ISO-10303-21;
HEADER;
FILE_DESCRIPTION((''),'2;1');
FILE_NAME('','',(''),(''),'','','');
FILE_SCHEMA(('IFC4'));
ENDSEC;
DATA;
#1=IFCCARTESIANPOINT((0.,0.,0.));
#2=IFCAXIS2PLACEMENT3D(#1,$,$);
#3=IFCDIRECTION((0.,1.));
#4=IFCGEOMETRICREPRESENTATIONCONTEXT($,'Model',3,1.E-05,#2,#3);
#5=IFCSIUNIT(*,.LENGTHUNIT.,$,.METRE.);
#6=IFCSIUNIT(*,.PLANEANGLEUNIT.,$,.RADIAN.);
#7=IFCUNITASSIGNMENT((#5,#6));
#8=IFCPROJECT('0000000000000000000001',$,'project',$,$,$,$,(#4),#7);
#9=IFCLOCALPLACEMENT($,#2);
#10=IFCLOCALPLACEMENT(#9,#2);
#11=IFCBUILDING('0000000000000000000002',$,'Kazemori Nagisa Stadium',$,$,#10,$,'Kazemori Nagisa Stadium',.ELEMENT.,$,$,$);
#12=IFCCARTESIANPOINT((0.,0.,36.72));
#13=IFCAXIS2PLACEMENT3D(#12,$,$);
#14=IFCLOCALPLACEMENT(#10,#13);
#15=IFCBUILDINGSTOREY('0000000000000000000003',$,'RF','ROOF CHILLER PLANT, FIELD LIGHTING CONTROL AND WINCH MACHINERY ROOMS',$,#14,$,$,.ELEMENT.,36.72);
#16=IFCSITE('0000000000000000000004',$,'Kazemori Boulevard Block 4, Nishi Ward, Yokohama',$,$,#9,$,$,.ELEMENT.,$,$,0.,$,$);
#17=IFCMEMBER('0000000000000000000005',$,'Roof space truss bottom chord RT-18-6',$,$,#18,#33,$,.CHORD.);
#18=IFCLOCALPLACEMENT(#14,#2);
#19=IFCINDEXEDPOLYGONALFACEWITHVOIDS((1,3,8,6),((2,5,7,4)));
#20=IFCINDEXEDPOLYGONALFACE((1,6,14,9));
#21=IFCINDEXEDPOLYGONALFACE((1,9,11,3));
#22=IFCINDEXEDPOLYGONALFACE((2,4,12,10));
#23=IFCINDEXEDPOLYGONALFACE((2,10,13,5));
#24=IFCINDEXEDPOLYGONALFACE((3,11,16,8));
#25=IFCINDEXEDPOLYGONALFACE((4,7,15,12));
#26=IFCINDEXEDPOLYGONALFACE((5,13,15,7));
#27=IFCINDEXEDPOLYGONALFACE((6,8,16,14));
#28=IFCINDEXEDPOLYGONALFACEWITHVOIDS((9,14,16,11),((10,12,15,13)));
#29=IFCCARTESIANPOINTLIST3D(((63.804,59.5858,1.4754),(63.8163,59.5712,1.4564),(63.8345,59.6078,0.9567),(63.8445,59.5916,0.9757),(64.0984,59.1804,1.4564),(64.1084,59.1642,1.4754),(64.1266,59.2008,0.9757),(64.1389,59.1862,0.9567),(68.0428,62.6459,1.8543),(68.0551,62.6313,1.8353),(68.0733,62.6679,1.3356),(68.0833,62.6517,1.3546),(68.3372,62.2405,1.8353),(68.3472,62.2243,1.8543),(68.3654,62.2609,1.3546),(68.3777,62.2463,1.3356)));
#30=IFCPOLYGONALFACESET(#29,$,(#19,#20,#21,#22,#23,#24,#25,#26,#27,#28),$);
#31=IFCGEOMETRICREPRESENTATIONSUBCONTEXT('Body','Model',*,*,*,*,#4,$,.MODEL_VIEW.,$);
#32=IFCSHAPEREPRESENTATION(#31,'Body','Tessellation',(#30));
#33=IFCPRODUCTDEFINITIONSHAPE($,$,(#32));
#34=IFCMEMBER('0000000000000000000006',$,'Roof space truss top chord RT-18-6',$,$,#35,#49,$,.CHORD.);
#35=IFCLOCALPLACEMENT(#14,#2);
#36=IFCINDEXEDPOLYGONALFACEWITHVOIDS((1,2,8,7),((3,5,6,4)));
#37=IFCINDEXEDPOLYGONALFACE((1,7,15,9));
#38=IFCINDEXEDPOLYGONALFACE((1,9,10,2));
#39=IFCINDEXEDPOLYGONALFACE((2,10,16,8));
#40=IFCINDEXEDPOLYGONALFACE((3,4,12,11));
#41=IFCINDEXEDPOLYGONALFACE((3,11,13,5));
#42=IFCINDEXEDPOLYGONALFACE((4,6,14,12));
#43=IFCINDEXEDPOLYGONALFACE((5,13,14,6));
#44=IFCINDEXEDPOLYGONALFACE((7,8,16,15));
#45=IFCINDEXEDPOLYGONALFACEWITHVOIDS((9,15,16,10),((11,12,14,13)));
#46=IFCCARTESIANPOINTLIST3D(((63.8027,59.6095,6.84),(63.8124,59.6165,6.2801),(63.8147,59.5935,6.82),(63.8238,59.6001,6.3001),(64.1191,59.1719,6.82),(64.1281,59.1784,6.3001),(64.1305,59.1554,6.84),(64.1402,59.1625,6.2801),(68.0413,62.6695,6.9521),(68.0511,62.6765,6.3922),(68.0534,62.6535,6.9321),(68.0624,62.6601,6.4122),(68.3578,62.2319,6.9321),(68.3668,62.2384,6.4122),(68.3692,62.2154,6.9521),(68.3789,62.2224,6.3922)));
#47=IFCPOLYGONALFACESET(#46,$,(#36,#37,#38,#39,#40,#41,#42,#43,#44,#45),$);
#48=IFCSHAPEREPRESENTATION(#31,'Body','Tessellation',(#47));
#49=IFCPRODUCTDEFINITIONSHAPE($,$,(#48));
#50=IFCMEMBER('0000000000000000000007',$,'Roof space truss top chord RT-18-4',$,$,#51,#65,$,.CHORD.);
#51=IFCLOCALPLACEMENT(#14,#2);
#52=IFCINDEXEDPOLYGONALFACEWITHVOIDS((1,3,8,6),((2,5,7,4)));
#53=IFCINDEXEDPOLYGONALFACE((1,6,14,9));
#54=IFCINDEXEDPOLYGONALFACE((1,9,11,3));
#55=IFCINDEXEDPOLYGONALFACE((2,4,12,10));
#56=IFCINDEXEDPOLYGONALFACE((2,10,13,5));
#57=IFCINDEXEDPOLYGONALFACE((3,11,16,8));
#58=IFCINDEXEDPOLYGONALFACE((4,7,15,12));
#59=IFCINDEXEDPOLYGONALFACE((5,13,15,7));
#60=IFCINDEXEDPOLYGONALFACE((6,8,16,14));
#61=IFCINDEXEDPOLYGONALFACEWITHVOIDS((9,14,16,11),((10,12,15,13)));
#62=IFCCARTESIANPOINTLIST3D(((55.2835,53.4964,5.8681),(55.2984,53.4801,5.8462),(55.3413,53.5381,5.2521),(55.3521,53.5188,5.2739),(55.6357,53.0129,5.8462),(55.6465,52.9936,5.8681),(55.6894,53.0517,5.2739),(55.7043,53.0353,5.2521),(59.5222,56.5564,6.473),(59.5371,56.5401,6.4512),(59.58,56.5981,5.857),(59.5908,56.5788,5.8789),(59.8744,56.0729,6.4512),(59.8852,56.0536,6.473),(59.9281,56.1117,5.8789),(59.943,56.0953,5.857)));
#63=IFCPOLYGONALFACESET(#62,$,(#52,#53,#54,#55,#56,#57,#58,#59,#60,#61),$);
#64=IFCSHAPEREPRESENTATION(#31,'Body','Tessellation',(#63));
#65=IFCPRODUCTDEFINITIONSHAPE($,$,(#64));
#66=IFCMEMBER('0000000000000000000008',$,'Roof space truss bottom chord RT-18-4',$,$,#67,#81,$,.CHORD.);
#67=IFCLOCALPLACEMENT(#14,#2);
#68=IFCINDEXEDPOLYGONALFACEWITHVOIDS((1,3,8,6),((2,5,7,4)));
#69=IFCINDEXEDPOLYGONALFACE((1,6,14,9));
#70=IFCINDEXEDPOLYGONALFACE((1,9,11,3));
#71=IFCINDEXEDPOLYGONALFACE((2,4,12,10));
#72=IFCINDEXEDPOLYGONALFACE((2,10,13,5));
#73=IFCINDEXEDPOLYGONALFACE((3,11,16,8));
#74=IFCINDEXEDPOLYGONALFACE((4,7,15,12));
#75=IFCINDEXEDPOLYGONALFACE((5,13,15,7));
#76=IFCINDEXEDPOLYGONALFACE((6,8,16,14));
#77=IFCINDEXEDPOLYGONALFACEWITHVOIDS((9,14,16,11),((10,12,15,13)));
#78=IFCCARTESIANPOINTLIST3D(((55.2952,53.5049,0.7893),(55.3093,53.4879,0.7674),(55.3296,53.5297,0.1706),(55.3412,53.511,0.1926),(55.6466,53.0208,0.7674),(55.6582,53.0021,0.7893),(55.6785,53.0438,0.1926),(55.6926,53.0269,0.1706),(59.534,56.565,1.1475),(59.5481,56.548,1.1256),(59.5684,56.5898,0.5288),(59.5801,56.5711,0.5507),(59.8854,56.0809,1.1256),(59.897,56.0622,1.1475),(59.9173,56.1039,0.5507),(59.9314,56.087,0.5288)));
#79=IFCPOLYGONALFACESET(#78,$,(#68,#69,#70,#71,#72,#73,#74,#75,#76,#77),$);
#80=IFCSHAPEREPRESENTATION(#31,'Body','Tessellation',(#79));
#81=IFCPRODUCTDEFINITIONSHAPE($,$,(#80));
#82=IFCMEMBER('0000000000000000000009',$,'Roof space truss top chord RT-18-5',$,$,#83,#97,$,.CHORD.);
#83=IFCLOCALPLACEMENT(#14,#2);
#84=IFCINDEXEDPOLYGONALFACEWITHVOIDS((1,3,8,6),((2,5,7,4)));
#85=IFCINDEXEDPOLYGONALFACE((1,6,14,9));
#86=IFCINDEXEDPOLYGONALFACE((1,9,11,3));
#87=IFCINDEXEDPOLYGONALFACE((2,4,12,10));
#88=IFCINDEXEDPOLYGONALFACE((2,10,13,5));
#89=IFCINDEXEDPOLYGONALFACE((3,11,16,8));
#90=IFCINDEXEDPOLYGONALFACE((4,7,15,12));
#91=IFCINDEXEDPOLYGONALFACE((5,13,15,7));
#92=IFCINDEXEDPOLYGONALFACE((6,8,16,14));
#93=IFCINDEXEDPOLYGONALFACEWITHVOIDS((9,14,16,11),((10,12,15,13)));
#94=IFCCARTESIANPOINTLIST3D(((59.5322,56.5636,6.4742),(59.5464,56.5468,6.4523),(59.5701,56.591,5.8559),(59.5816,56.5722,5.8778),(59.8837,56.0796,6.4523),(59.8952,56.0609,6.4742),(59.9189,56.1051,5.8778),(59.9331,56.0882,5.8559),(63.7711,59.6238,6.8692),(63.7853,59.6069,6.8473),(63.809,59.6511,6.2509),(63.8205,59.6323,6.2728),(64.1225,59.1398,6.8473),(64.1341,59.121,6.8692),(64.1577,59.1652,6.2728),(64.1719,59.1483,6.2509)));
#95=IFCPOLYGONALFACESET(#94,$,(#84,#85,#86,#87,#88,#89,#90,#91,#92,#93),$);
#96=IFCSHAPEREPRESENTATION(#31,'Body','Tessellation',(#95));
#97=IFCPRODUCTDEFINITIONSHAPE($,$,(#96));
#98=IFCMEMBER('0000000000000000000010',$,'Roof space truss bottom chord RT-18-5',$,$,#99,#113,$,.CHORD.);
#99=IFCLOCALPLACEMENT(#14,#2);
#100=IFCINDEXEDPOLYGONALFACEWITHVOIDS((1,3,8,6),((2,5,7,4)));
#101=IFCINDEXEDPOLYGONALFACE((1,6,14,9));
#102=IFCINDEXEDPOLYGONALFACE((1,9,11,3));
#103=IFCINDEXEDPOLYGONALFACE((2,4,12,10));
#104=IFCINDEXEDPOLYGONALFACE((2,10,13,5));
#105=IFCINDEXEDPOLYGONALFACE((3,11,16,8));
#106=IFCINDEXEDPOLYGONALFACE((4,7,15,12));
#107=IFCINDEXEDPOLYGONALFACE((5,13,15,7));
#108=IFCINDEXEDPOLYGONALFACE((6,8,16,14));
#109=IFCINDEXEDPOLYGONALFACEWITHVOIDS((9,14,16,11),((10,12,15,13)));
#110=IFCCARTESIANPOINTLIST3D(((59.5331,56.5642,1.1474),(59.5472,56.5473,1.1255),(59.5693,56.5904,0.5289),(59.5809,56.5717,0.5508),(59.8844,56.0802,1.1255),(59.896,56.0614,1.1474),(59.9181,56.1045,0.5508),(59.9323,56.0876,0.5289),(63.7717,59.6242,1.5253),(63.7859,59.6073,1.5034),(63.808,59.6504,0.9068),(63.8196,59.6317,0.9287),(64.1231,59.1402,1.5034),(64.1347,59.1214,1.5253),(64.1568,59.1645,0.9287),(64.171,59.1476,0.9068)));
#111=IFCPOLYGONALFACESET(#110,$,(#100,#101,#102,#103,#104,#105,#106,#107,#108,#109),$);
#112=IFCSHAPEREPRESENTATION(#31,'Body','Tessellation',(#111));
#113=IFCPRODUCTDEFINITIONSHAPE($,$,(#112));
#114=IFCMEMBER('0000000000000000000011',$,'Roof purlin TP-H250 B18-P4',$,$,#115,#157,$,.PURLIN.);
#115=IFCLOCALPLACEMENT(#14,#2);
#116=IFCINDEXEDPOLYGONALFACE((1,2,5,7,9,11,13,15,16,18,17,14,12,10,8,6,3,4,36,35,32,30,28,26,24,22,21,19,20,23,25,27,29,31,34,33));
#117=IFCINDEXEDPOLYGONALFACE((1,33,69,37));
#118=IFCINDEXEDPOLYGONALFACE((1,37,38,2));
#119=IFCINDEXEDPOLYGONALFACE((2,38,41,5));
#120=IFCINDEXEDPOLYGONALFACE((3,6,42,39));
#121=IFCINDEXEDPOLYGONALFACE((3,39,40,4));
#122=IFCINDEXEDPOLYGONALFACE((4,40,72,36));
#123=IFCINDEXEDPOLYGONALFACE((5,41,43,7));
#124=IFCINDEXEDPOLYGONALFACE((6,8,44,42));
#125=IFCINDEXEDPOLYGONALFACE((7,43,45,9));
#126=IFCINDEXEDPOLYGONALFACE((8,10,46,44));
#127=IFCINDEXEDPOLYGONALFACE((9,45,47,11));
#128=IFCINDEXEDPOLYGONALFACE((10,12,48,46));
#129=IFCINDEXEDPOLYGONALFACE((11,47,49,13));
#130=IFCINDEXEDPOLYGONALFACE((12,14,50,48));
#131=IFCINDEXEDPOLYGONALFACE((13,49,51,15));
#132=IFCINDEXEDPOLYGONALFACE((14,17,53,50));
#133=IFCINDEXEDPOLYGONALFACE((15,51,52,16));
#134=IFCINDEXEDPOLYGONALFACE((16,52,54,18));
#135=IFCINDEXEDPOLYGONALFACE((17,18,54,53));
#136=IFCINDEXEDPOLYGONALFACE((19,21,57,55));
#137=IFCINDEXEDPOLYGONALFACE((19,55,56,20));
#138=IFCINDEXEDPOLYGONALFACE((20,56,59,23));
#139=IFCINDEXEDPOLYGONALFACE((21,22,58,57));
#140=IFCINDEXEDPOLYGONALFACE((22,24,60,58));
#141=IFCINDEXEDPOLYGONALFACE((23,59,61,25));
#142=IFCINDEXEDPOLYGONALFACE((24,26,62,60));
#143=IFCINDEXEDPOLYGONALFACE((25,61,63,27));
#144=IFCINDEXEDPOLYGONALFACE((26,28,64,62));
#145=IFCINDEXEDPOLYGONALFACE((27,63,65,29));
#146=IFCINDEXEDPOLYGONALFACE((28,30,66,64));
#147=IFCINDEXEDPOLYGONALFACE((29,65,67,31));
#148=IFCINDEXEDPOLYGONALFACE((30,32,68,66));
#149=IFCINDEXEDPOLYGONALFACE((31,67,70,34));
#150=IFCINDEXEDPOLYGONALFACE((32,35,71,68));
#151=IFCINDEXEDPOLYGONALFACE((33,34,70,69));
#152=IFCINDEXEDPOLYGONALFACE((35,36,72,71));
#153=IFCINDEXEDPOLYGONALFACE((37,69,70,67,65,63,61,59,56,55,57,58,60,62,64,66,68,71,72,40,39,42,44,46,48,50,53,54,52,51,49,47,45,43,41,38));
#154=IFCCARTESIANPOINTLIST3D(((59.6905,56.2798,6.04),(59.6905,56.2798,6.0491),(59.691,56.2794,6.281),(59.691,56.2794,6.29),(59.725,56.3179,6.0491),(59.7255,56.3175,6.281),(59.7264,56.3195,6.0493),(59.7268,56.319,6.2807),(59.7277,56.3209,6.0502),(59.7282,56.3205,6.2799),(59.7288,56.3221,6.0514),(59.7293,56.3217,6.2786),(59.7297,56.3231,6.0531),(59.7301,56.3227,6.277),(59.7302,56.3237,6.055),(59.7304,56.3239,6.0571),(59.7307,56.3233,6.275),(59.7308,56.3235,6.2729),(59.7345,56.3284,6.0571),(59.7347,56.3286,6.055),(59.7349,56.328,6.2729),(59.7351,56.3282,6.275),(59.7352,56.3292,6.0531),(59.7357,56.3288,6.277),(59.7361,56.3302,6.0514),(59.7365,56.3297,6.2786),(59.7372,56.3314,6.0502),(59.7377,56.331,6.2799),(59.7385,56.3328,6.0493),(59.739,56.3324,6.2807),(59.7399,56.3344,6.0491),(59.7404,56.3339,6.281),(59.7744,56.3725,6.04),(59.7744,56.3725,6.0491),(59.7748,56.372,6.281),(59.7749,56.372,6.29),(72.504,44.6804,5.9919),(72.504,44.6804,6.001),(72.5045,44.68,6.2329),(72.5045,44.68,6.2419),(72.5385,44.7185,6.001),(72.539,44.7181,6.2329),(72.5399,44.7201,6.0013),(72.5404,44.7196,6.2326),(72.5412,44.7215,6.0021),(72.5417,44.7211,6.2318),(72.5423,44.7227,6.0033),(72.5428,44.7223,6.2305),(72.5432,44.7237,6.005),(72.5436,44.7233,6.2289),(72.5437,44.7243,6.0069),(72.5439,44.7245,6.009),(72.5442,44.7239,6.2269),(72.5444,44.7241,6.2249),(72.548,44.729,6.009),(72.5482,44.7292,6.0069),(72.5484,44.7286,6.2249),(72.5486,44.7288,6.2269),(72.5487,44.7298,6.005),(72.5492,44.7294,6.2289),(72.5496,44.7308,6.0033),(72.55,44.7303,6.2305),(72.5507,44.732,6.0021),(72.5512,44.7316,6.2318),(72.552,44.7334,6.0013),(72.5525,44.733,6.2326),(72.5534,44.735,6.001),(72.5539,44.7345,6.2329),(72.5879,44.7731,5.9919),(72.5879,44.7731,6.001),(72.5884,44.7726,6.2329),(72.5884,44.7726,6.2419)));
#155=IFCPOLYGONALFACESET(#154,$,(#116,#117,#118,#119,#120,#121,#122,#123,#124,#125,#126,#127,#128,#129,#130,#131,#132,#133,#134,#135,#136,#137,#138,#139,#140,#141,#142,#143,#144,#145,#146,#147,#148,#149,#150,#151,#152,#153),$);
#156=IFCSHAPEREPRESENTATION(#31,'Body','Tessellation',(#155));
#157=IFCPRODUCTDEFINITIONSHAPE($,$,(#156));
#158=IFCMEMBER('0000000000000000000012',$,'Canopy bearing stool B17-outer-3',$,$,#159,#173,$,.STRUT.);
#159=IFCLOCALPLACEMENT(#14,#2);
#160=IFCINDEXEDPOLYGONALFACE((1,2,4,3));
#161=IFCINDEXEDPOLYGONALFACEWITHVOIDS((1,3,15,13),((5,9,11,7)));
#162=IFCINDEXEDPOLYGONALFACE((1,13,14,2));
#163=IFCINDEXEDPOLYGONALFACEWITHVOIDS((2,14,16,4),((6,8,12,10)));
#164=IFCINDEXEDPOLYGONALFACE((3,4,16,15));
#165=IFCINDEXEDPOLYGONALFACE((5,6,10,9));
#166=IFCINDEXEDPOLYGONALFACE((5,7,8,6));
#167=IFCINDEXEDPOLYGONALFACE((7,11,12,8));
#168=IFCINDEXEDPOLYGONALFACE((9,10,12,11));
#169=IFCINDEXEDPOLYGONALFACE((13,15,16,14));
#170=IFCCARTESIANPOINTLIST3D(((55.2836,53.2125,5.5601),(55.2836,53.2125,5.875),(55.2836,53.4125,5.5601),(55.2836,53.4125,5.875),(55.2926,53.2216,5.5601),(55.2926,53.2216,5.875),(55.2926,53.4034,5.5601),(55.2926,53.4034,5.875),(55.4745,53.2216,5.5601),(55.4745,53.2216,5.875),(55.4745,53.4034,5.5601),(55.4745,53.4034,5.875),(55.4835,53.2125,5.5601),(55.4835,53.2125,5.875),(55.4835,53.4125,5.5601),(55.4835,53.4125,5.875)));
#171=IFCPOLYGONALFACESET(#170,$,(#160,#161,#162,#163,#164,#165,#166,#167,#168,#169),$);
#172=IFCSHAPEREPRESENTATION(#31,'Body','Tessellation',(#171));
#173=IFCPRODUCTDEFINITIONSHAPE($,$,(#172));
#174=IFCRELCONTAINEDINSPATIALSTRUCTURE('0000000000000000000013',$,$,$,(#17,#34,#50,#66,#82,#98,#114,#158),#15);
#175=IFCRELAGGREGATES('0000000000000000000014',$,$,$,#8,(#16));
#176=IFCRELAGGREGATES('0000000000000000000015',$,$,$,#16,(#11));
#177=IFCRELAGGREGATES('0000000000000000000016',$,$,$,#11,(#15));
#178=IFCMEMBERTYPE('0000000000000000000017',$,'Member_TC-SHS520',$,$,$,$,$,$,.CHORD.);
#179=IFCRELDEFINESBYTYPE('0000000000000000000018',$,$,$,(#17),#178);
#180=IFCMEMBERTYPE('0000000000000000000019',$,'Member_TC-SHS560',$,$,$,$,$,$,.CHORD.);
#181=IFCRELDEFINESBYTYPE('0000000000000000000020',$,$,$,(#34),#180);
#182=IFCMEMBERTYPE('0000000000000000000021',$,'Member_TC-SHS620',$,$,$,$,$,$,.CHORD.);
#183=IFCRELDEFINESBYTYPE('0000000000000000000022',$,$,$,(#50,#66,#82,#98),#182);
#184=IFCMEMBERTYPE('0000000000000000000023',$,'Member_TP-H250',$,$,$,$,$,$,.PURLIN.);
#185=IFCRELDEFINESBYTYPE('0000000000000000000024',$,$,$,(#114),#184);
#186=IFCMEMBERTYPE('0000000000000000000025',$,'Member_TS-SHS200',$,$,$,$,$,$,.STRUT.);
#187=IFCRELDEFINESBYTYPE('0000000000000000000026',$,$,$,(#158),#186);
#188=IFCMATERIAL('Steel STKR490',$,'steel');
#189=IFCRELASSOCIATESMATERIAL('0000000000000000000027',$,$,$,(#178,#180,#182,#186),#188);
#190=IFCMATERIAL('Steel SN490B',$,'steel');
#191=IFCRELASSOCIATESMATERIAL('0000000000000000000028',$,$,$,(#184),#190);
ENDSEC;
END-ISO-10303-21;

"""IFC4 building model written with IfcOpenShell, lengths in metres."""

from ifc_helpers import new_model, si_unit, direction, frame, origin, origin_2d, place, context, subcontext, project, spatial, hollow_rectangle, i_section, extrude, material, material_profile, profile_set, type_object, element, save


model = new_model("IFC4")

# Units and contexts
model_context = context("Model", 3, precision=1e-05, world=origin(), true_north=direction((0.0, 1.0)))
body_context = subcontext(model_context, "Body", "Model", "MODEL_VIEW")
ifc_project = project(units=[si_unit("LENGTHUNIT", "METRE"), si_unit("PLANEANGLEUNIT", "RADIAN")], contexts=[model_context])

# Site, building, storey
site_placement = place(None, origin())
site = spatial("IfcSite", under=ifc_project, at=site_placement, Name="Kazemori Boulevard Block 4, Nishi Ward, Yokohama", CompositionType="ELEMENT", RefElevation=0.0)
building_placement = place(site_placement, origin())
building = spatial("IfcBuilding", under=site, at=building_placement, Name="Kazemori Nagisa Stadium", LongName="Kazemori Nagisa Stadium", CompositionType="ELEMENT")
storey_placement = place(building_placement, frame((0.0, 0.0, 36.72)))
storey = spatial("IfcBuildingStorey", under=building, at=storey_placement, Name="RF", Description="ROOF CHILLER PLANT, FIELD LIGHTING CONTROL AND WINCH MACHINERY ROOMS", CompositionType="ELEMENT", Elevation=36.72)

# Shared definitions
ifc_material_1 = material(Name="Steel SN490B", Category="steel")

# Members
ifc_material_2 = material(Name="Steel STKR490", Category="steel")
ifc_material_profile_1 = material_profile(ifc_material_2, hollow_rectangle(XDim=0.52, YDim=0.52, WallThickness=0.019, at=origin_2d()), Name="SHS-520x520x19")
ifc_profile_set_1 = profile_set([ifc_material_profile_1], Name="Steel STKR490")
member_type_1 = type_object("IfcMemberType", Name="Member_TC-SHS520", PredefinedType="CHORD", material=ifc_profile_set_1)
member_1_placement = place(storey_placement, frame((63.9714, 59.386, 1.2161), z_axis=(0.808674, 0.583799, 0.072288), x_axis=(-0.58533, 0.810795, 0.0)))
element("IfcMember", 1, at=member_1_placement, inside=storey, type_object=member_type_1, Name="Roof space truss bottom chord RT-18-6", PredefinedType="CHORD", context=body_context, shape_type="SweptSolid", body=[
    extrude(hollow_rectangle(XDim=0.52, YDim=0.52, WallThickness=0.019, at=origin_2d()), origin(), (0.0, 0.0, 1.0), 5.2417),
])
ifc_material_profile_2 = material_profile(ifc_material_2, hollow_rectangle(XDim=0.5601, YDim=0.5601, WallThickness=0.02, at=origin_2d()), Name="SHS-560x560x20")
ifc_profile_set_2 = profile_set([ifc_material_profile_2], Name="Steel STKR490")
member_type_2 = type_object("IfcMemberType", Name="Member_TC-SHS560", PredefinedType="CHORD", material=ifc_profile_set_2)
member_2_placement = place(storey_placement, frame((63.9714, 59.386, 6.5601), z_axis=(0.810609, 0.585196, 0.02143), x_axis=(-0.58533, 0.810795, 0.0)))
element("IfcMember", 2, at=member_2_placement, inside=storey, type_object=member_type_2, Name="Roof space truss top chord RT-18-6", PredefinedType="CHORD", context=body_context, shape_type="SweptSolid", body=[
    extrude(hollow_rectangle(XDim=0.5601, YDim=0.5601, WallThickness=0.02, at=origin_2d()), origin(), (0.0, 0.0, 1.0), 5.229),
])
ifc_material_profile_3 = material_profile(ifc_material_2, hollow_rectangle(XDim=0.6201, YDim=0.6201, WallThickness=0.022, at=origin_2d()), Name="SHS-620x620x22")
ifc_profile_set_3 = profile_set([ifc_material_profile_3], Name="Steel STKR490")
member_type_3 = type_object("IfcMemberType", Name="Member_TC-SHS620", PredefinedType="CHORD", material=ifc_profile_set_3)
member_3_placement = place(storey_placement, frame((55.4939, 53.2659, 5.5601), z_axis=(0.80542, 0.58145, 0.114954), x_axis=(-0.58533, 0.810795, 0.0)))
element("IfcMember", 3, at=member_3_placement, inside=storey, type_object=member_type_3, Name="Roof space truss top chord RT-18-4", PredefinedType="CHORD", context=body_context, shape_type="SweptSolid", body=[
    extrude(hollow_rectangle(XDim=0.6201, YDim=0.6201, WallThickness=0.022, at=origin_2d()), origin(), (0.0, 0.0, 1.0), 5.2627),
])
member_4_placement = place(storey_placement, frame((55.4939, 53.2659, 0.48), z_axis=(0.808899, 0.583962, 0.068348), x_axis=(-0.58533, 0.810795, 0.0)))
element("IfcMember", 4, at=member_4_placement, inside=storey, type_object=member_type_3, Name="Roof space truss bottom chord RT-18-4", PredefinedType="CHORD", context=body_context, shape_type="SweptSolid", body=[
    extrude(hollow_rectangle(XDim=0.6201, YDim=0.6201, WallThickness=0.022, at=origin_2d()), origin(), (0.0, 0.0, 1.0), 5.2402),
])
member_5_placement = place(storey_placement, frame((59.7327, 56.3259, 6.165), z_axis=(0.80849, 0.583666, 0.075345), x_axis=(-0.58533, 0.810795, 0.0)))
element("IfcMember", 5, at=member_5_placement, inside=storey, type_object=member_type_3, Name="Roof space truss top chord RT-18-5", PredefinedType="CHORD", context=body_context, shape_type="SweptSolid", body=[
    extrude(hollow_rectangle(XDim=0.6201, YDim=0.6201, WallThickness=0.022, at=origin_2d()), origin(), (0.0, 0.0, 1.0), 5.2429),
])
member_6_placement = place(storey_placement, frame((59.7327, 56.3259, 0.8381), z_axis=(0.808685, 0.583807, 0.072103), x_axis=(-0.58533, 0.810795, 0.0)))
element("IfcMember", 6, at=member_6_placement, inside=storey, type_object=member_type_3, Name="Roof space truss bottom chord RT-18-5", PredefinedType="CHORD", context=body_context, shape_type="SweptSolid", body=[
    extrude(hollow_rectangle(XDim=0.6201, YDim=0.6201, WallThickness=0.022, at=origin_2d()), origin(), (0.0, 0.0, 1.0), 5.2415),
])
ifc_material_profile_4 = material_profile(ifc_material_1, i_section(OverallWidth=0.125, OverallDepth=0.25, WebThickness=0.0061, FlangeThickness=0.009, FilletRadius=0.0081, at=origin_2d()), Name="H-250x125x6x9")
ifc_profile_set_4 = profile_set([ifc_material_profile_4], Name="Steel SN490B")
member_type_4 = type_object("IfcMemberType", Name="Member_TP-H250", PredefinedType="PURLIN", material=ifc_profile_set_4)
member_7_placement = place(storey_placement, frame((59.7327, 56.3259, 6.165), z_axis=(0.741354, -0.671109, -0.002783), x_axis=(0.671111, 0.741357, 0.0)))
element("IfcMember", 7, at=member_7_placement, inside=storey, type_object=member_type_4, Name="Roof purlin TP-H250 B18-P4", PredefinedType="PURLIN", context=body_context, shape_type="SweptSolid", body=[
    extrude(i_section(OverallWidth=0.125, OverallDepth=0.25, WebThickness=0.0061, FlangeThickness=0.009, FilletRadius=0.0081, at=origin_2d()), origin(), (0.0, 0.0, 1.0), 17.2839),
])
ifc_material_profile_5 = material_profile(ifc_material_2, hollow_rectangle(XDim=0.2, YDim=0.2, WallThickness=0.009, at=origin_2d()), Name="SHS-200x200x9")
ifc_profile_set_5 = profile_set([ifc_material_profile_5], Name="Steel STKR490")
member_type_5 = type_object("IfcMemberType", Name="Member_TS-SHS200", PredefinedType="STRUT", material=ifc_profile_set_5)
member_8_placement = place(storey_placement, frame((55.3835, 53.3125, 5.5601), z_axis=(0.0, 0.0, 1.0), x_axis=(1.0, 0.0, 0.0)))
element("IfcMember", 8, at=member_8_placement, inside=storey, type_object=member_type_5, Name="Canopy bearing stool B17-outer-3", PredefinedType="STRUT", context=body_context, shape_type="SweptSolid", body=[
    extrude(hollow_rectangle(XDim=0.2, YDim=0.2, WallThickness=0.009, at=origin_2d()), origin(), (0.0, 0.0, 1.0), 0.3149),
])

save(model, "model.ifc")
